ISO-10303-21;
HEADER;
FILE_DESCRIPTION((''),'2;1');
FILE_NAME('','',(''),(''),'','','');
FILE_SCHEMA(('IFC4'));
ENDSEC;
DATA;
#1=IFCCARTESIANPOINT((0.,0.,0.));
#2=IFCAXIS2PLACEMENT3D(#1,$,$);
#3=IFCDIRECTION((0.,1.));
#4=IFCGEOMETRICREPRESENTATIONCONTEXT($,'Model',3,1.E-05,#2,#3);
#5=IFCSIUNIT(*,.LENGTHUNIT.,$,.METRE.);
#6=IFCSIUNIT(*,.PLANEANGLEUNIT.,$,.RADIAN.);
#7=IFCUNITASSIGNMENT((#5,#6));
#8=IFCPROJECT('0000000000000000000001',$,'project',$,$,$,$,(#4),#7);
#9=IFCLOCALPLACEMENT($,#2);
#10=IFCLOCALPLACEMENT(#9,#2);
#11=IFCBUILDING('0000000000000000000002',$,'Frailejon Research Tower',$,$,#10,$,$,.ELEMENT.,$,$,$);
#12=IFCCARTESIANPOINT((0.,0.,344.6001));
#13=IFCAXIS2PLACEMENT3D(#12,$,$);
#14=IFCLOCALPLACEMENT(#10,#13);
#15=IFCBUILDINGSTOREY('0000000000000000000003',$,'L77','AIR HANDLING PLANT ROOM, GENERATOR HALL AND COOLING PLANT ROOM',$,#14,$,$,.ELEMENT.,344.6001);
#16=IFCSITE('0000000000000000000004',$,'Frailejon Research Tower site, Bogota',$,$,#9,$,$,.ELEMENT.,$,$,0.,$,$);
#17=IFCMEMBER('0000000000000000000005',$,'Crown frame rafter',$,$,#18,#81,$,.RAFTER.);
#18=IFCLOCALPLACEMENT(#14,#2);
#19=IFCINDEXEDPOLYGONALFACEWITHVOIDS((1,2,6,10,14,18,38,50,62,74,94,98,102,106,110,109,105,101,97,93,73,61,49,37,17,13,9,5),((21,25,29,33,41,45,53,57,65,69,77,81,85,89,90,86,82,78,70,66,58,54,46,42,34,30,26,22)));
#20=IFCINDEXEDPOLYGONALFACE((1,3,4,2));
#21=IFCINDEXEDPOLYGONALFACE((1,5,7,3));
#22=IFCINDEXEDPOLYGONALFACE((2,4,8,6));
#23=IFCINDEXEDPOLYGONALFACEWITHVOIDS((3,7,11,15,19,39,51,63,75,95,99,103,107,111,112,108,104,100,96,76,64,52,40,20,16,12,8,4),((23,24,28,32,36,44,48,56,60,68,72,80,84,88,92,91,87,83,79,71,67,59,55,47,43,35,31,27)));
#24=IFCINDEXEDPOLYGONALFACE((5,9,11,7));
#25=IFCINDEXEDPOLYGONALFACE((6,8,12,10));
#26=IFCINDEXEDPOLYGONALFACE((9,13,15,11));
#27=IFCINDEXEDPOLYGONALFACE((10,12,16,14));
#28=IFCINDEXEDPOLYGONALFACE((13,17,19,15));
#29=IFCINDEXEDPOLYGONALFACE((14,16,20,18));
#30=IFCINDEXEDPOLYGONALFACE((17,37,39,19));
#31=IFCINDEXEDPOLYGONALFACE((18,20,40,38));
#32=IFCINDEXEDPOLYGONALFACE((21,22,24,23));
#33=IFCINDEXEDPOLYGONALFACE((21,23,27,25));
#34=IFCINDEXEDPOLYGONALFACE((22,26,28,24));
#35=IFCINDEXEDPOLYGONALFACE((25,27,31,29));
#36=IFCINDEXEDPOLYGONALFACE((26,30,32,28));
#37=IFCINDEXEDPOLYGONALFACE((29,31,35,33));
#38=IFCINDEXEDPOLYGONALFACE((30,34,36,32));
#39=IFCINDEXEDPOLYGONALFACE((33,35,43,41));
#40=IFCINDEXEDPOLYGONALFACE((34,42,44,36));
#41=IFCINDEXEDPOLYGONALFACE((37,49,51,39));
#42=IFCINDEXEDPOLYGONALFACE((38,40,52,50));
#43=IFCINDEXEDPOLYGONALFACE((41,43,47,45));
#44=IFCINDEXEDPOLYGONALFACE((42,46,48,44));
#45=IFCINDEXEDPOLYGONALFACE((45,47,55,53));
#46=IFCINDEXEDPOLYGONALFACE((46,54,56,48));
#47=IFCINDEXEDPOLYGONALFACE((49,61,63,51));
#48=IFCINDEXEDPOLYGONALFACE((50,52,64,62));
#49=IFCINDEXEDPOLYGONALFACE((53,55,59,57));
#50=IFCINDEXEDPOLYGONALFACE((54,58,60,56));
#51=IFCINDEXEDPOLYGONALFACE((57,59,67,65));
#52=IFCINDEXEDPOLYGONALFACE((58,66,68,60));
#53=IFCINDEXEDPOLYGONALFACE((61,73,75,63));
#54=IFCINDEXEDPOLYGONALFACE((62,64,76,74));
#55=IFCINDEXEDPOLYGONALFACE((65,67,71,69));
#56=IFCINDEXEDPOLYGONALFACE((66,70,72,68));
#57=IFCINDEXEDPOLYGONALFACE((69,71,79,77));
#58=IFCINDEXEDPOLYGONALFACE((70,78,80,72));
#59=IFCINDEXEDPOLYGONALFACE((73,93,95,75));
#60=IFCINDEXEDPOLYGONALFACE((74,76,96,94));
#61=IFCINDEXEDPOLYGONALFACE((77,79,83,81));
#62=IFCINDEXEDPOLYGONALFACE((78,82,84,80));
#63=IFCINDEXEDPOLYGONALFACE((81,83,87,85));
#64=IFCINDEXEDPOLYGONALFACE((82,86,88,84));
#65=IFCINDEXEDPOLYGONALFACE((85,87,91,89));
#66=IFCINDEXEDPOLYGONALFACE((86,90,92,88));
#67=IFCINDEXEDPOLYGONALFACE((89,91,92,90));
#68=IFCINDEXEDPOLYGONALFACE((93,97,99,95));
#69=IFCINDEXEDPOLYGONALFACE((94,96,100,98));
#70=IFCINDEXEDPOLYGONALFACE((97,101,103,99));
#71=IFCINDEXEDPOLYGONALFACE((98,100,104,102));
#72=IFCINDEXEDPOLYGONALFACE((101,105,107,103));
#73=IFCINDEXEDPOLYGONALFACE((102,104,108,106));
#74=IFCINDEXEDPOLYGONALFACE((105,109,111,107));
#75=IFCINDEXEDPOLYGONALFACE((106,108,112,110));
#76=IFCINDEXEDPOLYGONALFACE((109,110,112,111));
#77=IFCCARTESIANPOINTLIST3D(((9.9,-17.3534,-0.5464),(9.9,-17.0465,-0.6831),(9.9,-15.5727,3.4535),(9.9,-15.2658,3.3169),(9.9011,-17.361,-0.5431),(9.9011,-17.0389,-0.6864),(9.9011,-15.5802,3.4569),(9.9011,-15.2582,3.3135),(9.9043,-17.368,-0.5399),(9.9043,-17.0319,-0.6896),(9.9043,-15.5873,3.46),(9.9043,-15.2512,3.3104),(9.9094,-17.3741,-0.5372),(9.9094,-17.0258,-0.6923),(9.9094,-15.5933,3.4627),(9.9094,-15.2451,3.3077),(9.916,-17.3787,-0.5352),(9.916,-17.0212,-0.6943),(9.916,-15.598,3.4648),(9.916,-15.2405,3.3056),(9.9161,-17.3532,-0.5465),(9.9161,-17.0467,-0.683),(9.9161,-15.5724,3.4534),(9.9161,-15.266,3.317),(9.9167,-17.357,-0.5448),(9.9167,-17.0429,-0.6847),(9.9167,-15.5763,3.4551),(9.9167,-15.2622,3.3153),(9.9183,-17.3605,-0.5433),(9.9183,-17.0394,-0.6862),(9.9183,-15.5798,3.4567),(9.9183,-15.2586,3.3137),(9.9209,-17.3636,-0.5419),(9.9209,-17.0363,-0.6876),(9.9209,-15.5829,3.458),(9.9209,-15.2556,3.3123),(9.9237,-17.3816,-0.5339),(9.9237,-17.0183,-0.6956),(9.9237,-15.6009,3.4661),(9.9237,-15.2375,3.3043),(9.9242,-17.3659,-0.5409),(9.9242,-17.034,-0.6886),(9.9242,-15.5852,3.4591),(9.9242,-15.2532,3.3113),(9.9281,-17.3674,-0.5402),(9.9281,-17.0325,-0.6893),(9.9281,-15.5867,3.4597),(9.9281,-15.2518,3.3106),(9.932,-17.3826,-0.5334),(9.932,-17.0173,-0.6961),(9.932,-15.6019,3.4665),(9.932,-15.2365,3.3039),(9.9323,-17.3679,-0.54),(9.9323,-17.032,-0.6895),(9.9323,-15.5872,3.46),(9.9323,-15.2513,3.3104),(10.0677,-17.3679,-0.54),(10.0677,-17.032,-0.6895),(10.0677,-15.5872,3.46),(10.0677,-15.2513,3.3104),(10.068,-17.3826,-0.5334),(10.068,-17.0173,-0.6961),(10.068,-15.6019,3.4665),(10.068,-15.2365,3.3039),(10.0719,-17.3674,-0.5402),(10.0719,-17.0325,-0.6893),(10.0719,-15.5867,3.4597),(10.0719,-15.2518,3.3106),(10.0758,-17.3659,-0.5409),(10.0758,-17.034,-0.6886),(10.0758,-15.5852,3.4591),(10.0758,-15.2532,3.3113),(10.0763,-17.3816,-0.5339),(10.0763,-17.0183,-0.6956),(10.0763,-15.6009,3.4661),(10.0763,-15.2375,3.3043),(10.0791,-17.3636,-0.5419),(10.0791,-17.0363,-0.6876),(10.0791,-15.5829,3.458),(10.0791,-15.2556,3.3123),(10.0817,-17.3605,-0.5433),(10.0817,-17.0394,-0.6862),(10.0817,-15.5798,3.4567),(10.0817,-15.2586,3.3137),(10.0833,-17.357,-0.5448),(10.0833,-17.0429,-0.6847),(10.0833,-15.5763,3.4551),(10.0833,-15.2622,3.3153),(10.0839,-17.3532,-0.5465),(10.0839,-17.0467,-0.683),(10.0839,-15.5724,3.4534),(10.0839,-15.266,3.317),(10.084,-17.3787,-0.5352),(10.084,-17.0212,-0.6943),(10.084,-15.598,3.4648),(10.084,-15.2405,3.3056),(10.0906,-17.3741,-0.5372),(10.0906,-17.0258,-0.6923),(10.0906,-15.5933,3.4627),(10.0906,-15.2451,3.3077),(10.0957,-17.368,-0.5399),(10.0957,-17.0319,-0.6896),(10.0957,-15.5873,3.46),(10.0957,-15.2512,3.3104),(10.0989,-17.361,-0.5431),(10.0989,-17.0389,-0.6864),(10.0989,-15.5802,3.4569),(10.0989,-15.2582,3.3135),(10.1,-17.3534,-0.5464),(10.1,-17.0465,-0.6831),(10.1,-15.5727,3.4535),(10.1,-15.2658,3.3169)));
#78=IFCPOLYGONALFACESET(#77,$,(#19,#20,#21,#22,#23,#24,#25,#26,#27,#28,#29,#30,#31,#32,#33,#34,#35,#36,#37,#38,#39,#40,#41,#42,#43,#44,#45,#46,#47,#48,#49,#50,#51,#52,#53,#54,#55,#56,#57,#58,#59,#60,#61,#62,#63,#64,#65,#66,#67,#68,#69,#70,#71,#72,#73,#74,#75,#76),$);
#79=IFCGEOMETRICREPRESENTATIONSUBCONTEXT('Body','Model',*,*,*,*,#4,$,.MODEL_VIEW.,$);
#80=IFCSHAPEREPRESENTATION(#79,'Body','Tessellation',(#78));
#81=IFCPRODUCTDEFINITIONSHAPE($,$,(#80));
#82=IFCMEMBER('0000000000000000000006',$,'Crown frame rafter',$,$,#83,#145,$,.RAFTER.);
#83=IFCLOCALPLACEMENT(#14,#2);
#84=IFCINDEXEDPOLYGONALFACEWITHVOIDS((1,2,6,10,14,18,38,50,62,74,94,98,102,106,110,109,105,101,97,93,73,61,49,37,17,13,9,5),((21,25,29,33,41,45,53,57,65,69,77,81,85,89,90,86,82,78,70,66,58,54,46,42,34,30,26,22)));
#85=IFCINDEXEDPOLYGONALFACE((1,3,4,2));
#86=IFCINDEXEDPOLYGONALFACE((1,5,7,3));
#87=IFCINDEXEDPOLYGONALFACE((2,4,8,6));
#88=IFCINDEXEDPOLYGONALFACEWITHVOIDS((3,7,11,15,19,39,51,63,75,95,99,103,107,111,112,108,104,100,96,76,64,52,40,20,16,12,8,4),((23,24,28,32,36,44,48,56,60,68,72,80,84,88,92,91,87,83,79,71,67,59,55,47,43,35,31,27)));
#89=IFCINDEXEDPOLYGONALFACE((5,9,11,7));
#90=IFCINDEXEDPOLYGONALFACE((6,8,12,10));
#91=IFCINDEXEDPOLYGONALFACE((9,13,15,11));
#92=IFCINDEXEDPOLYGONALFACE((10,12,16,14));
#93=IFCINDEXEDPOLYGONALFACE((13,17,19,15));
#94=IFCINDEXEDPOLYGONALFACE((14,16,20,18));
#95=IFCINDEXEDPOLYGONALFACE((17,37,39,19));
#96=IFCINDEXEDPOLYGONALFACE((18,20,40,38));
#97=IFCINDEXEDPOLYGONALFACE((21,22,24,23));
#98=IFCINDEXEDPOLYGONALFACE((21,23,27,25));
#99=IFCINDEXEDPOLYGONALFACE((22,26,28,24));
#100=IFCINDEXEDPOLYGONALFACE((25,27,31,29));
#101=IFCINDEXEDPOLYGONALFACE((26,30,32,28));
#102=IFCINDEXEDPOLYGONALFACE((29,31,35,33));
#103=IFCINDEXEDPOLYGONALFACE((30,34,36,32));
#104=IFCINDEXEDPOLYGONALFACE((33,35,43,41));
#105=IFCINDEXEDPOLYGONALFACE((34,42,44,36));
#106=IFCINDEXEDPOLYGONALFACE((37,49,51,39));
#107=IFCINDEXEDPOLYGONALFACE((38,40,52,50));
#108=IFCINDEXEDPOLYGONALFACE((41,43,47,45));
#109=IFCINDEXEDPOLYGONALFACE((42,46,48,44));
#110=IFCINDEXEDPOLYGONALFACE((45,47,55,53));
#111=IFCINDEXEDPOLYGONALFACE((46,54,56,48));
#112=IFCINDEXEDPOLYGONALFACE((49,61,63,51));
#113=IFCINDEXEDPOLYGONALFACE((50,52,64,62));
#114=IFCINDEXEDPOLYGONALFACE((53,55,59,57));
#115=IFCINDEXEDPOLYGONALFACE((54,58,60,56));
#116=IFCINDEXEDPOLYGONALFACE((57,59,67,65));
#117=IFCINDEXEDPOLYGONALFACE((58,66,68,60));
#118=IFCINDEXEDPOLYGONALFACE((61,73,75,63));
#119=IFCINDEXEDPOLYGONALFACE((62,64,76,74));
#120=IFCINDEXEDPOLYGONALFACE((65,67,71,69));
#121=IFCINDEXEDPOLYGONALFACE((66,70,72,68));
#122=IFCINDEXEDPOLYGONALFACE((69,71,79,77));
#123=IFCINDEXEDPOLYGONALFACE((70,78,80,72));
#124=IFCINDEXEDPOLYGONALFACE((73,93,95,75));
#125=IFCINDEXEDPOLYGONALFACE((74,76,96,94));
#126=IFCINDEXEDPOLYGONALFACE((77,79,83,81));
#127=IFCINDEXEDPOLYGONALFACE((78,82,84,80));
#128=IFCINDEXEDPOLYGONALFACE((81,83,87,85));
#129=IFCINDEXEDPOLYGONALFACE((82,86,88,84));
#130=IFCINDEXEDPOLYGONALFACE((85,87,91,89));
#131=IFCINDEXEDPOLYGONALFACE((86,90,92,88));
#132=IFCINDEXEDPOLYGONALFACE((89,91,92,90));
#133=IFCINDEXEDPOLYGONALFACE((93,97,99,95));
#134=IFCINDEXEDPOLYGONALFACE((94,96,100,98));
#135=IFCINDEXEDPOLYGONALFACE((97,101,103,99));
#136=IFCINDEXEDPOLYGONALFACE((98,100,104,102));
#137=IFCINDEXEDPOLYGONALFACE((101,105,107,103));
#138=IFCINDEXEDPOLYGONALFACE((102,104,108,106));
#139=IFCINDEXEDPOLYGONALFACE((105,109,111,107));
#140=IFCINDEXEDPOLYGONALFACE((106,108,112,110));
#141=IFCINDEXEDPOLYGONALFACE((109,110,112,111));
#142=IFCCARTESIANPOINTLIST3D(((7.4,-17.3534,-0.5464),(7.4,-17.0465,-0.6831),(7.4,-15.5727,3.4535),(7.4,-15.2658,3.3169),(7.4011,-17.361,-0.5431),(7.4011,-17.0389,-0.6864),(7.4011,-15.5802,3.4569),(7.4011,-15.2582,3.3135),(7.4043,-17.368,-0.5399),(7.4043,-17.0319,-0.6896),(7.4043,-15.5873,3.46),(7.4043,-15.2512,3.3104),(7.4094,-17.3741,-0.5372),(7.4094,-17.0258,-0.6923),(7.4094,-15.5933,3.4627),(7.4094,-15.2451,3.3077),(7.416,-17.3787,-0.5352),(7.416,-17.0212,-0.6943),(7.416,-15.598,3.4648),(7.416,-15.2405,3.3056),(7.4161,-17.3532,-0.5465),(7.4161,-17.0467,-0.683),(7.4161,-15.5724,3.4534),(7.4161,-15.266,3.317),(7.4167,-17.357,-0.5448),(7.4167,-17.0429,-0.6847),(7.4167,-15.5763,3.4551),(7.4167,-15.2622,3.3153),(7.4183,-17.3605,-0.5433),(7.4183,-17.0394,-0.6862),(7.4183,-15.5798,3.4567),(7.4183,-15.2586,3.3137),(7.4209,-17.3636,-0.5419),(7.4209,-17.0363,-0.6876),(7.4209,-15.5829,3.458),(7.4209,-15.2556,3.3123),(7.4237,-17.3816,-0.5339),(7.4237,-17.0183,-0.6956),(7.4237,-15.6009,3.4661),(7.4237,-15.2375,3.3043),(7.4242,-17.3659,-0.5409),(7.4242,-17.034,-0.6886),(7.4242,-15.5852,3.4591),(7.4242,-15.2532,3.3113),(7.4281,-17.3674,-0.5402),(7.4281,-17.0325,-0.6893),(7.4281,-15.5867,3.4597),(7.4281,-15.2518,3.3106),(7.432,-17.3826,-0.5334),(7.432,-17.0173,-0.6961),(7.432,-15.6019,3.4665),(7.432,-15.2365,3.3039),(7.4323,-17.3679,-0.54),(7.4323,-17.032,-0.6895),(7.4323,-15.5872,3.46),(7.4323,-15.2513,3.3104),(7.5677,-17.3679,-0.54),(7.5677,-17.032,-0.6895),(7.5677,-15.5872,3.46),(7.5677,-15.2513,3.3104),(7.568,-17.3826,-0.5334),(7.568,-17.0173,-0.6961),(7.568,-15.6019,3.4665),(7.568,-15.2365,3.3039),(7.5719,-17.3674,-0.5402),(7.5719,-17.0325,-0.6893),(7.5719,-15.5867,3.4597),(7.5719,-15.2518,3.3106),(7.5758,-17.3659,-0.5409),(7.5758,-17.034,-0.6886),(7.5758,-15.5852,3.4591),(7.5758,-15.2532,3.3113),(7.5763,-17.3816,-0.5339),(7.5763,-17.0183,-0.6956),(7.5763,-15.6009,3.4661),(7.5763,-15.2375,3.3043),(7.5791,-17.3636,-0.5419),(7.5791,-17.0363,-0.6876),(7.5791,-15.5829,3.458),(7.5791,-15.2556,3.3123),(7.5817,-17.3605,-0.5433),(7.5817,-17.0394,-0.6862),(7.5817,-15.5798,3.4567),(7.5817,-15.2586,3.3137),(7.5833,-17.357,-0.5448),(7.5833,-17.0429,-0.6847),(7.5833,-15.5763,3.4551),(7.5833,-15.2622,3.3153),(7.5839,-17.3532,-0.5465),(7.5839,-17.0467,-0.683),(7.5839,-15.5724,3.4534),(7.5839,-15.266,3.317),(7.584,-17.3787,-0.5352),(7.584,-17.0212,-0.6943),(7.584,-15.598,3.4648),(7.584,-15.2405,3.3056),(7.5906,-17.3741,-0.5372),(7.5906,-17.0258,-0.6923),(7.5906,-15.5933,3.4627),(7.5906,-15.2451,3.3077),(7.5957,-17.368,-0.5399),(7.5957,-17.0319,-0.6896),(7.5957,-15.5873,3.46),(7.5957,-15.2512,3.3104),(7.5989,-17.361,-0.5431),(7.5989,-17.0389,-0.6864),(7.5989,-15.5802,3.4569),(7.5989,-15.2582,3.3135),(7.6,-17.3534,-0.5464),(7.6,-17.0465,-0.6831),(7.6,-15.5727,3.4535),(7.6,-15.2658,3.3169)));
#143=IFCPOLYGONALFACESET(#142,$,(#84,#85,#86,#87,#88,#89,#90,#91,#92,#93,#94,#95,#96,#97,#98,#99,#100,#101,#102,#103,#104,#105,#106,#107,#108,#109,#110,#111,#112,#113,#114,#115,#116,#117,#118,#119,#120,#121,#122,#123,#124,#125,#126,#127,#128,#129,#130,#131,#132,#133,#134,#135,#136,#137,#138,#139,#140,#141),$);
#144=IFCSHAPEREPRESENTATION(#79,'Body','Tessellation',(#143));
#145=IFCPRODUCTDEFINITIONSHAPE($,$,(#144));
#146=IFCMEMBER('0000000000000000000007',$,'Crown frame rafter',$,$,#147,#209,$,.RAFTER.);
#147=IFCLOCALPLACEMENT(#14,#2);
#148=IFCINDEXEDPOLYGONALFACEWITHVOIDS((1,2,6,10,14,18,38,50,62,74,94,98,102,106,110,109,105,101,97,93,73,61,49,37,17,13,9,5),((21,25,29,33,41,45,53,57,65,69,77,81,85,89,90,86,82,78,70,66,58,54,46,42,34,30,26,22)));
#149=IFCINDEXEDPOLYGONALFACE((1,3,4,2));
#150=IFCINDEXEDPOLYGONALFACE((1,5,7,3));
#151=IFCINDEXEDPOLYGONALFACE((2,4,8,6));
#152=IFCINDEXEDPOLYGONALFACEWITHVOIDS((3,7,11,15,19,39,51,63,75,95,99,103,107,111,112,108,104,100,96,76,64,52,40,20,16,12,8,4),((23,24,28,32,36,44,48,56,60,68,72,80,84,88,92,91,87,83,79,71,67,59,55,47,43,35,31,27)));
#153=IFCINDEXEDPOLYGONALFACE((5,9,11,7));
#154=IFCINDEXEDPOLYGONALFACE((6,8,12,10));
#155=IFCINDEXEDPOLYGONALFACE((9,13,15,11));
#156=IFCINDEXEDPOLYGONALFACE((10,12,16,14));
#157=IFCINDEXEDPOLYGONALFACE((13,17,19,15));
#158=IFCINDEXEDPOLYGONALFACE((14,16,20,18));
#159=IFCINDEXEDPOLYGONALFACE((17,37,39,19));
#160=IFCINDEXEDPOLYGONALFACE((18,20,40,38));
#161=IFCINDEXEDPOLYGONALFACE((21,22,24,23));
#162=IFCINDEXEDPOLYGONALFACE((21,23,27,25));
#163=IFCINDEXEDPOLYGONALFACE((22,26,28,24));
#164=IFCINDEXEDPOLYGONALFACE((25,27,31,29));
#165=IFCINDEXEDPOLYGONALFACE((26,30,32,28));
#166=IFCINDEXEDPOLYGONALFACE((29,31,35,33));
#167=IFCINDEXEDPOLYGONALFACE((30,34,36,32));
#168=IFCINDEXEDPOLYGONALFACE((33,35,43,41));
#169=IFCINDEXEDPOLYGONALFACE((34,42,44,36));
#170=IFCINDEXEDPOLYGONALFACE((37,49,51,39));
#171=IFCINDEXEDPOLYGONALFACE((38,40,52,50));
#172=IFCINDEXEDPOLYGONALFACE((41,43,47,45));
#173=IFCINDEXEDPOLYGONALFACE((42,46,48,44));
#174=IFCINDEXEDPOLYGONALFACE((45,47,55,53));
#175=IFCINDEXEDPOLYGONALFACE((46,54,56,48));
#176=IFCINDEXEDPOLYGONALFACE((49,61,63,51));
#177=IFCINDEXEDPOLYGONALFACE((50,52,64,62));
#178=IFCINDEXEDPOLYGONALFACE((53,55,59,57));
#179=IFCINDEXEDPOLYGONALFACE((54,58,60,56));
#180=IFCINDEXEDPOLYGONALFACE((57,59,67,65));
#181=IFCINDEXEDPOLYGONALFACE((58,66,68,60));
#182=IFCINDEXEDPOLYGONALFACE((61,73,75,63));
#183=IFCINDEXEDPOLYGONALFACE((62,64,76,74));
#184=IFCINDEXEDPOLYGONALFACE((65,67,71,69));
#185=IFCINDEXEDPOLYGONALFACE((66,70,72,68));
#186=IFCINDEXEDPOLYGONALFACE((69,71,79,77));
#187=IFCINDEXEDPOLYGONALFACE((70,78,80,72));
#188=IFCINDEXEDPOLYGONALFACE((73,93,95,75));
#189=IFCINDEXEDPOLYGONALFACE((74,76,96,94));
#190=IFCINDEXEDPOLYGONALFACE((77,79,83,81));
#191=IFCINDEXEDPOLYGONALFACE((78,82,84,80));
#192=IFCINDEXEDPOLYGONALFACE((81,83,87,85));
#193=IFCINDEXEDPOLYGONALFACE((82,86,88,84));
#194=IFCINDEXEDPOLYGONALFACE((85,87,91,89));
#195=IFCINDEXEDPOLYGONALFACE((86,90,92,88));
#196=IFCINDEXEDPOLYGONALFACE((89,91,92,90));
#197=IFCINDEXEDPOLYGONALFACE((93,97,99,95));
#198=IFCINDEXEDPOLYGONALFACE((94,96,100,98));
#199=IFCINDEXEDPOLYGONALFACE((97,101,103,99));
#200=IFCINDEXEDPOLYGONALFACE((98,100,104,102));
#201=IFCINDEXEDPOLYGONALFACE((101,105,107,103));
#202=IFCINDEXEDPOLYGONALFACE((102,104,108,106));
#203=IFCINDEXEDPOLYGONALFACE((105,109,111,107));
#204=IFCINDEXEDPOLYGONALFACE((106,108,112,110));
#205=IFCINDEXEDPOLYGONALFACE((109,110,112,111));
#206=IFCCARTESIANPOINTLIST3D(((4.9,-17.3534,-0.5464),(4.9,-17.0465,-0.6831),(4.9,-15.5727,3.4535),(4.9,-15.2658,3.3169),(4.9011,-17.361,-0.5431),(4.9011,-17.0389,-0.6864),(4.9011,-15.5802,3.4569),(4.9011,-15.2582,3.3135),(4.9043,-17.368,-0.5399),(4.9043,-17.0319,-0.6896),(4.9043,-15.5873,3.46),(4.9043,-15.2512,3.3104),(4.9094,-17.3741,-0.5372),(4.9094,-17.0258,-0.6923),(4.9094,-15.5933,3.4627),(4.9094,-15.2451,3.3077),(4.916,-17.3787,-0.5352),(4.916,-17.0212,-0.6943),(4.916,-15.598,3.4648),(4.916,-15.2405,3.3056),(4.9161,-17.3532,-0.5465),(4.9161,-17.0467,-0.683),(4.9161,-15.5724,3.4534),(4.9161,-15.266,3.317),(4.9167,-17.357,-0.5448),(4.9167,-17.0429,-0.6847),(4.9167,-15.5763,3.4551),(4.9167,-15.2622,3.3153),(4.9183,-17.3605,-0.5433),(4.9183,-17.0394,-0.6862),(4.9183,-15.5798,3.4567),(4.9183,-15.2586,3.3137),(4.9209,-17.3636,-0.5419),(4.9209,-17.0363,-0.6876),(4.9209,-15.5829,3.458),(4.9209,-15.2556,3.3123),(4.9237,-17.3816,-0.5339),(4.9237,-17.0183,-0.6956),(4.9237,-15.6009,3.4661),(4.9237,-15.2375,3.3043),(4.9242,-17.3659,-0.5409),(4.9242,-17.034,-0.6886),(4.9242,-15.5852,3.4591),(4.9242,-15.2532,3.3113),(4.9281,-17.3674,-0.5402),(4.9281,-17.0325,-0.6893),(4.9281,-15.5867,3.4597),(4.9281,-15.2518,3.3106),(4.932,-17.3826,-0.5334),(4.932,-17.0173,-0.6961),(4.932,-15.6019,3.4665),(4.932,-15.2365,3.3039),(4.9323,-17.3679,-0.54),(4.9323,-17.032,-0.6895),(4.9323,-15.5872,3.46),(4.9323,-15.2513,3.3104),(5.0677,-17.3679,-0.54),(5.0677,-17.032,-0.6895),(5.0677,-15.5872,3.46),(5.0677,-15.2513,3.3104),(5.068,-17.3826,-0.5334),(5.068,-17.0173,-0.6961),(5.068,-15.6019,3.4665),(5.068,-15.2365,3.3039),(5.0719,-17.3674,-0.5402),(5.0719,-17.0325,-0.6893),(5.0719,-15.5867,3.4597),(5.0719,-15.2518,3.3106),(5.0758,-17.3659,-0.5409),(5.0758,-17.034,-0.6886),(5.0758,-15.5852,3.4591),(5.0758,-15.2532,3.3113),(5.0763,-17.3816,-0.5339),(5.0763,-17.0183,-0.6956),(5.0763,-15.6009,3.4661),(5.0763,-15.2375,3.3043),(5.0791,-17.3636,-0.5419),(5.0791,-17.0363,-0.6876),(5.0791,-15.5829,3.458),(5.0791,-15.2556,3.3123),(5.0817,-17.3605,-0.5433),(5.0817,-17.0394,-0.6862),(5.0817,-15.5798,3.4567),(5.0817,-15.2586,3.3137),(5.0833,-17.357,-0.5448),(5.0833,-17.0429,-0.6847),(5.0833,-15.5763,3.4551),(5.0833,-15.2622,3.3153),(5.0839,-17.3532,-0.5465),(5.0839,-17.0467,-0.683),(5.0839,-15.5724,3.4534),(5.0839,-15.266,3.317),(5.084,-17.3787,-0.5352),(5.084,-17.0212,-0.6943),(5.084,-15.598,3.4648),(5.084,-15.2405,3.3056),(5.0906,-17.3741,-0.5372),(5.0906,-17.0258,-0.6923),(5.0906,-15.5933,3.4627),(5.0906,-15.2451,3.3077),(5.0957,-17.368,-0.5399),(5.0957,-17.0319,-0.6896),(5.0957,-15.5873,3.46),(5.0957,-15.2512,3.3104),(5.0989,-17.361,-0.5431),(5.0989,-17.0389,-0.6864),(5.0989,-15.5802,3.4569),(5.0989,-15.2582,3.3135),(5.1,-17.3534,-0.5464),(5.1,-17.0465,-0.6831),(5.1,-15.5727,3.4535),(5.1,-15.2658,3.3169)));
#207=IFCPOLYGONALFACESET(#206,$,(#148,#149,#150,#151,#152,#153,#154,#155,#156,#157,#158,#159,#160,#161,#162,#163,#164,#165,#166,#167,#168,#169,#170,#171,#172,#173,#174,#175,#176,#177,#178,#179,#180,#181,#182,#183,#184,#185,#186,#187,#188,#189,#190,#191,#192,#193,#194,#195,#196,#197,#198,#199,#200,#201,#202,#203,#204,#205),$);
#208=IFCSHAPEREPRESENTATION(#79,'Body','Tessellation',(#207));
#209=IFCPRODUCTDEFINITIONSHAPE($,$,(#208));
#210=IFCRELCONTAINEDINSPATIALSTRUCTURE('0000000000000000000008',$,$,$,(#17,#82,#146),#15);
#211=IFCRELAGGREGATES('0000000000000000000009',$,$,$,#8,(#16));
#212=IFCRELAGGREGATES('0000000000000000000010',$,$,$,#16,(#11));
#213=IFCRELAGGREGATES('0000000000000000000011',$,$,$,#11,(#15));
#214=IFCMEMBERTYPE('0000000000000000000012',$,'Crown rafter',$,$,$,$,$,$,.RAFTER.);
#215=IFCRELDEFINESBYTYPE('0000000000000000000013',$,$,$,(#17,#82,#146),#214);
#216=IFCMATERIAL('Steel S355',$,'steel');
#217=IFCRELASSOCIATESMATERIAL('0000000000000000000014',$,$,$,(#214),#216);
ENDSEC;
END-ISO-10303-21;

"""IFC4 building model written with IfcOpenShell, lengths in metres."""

from ifc_helpers import new_model, si_unit, direction, frame, origin, origin_2d, place, context, subcontext, project, spatial, hollow_rectangle, extrude, material, material_profile, profile_set, type_object, element, save


model = new_model("IFC4")

# Units and contexts
model_context = context("Model", 3, precision=1e-05, world=origin(), true_north=direction((0.0, 1.0)))
body_context = subcontext(model_context, "Body", "Model", "MODEL_VIEW")
ifc_project = project(units=[si_unit("LENGTHUNIT", "METRE"), si_unit("PLANEANGLEUNIT", "RADIAN")], contexts=[model_context])

# Site, building, storey
site_placement = place(None, origin())
site = spatial("IfcSite", under=ifc_project, at=site_placement, Name="Frailejon Research Tower site, Bogota", CompositionType="ELEMENT", RefElevation=0.0)
building_placement = place(site_placement, origin())
building = spatial("IfcBuilding", under=site, at=building_placement, Name="Frailejon Research Tower", CompositionType="ELEMENT")
storey_placement = place(building_placement, frame((0.0, 0.0, 344.6001)))
storey = spatial("IfcBuildingStorey", under=building, at=storey_placement, Name="L77", Description="AIR HANDLING PLANT ROOM, GENERATOR HALL AND COOLING PLANT ROOM", CompositionType="ELEMENT", Elevation=344.6001)

# Members
ifc_material_1 = material(Name="Steel S355", Category="steel")
ifc_material_profile = material_profile(ifc_material_1, hollow_rectangle(XDim=0.2, YDim=0.3999, WallThickness=0.0161, InnerFilletRadius=0.0161, OuterFilletRadius=0.032, at=origin_2d()), Name="Crown rafter")
ifc_profile_set = profile_set([ifc_material_profile], Name="Steel S355")
member_type = type_object("IfcMemberType", Name="Crown rafter", PredefinedType="RAFTER", material=ifc_profile_set)
for number, where, z_axis, x_axis, name in (
    (1, (10.0, -17.2, -0.6147), (0.0, 0.406707, 0.913558), (-1.0, 0.0, 0.0), "Crown frame rafter"),
    (2, (7.5, -17.2, -0.6147), (0.0, 0.406707, 0.913558), (-1.0, 0.0, 0.0), "Crown frame rafter"),
    (3, (5.0, -17.2, -0.6147), (0.0, 0.406707, 0.913558), (-1.0, 0.0, 0.0), "Crown frame rafter"),
):
    element("IfcMember", number, at=place(storey_placement, frame(where, z_axis=z_axis, x_axis=x_axis)), inside=storey, type_object=member_type, Name=name, PredefinedType="RAFTER", context=body_context, shape_type="SweptSolid", body=[
        extrude(hollow_rectangle(XDim=0.2, YDim=0.3999, WallThickness=0.0161, InnerFilletRadius=0.0161, OuterFilletRadius=0.032, at=origin_2d()), origin(), (0.0, 0.0, 1.0), 4.3784),
    ])

save(model, "model.ifc")
